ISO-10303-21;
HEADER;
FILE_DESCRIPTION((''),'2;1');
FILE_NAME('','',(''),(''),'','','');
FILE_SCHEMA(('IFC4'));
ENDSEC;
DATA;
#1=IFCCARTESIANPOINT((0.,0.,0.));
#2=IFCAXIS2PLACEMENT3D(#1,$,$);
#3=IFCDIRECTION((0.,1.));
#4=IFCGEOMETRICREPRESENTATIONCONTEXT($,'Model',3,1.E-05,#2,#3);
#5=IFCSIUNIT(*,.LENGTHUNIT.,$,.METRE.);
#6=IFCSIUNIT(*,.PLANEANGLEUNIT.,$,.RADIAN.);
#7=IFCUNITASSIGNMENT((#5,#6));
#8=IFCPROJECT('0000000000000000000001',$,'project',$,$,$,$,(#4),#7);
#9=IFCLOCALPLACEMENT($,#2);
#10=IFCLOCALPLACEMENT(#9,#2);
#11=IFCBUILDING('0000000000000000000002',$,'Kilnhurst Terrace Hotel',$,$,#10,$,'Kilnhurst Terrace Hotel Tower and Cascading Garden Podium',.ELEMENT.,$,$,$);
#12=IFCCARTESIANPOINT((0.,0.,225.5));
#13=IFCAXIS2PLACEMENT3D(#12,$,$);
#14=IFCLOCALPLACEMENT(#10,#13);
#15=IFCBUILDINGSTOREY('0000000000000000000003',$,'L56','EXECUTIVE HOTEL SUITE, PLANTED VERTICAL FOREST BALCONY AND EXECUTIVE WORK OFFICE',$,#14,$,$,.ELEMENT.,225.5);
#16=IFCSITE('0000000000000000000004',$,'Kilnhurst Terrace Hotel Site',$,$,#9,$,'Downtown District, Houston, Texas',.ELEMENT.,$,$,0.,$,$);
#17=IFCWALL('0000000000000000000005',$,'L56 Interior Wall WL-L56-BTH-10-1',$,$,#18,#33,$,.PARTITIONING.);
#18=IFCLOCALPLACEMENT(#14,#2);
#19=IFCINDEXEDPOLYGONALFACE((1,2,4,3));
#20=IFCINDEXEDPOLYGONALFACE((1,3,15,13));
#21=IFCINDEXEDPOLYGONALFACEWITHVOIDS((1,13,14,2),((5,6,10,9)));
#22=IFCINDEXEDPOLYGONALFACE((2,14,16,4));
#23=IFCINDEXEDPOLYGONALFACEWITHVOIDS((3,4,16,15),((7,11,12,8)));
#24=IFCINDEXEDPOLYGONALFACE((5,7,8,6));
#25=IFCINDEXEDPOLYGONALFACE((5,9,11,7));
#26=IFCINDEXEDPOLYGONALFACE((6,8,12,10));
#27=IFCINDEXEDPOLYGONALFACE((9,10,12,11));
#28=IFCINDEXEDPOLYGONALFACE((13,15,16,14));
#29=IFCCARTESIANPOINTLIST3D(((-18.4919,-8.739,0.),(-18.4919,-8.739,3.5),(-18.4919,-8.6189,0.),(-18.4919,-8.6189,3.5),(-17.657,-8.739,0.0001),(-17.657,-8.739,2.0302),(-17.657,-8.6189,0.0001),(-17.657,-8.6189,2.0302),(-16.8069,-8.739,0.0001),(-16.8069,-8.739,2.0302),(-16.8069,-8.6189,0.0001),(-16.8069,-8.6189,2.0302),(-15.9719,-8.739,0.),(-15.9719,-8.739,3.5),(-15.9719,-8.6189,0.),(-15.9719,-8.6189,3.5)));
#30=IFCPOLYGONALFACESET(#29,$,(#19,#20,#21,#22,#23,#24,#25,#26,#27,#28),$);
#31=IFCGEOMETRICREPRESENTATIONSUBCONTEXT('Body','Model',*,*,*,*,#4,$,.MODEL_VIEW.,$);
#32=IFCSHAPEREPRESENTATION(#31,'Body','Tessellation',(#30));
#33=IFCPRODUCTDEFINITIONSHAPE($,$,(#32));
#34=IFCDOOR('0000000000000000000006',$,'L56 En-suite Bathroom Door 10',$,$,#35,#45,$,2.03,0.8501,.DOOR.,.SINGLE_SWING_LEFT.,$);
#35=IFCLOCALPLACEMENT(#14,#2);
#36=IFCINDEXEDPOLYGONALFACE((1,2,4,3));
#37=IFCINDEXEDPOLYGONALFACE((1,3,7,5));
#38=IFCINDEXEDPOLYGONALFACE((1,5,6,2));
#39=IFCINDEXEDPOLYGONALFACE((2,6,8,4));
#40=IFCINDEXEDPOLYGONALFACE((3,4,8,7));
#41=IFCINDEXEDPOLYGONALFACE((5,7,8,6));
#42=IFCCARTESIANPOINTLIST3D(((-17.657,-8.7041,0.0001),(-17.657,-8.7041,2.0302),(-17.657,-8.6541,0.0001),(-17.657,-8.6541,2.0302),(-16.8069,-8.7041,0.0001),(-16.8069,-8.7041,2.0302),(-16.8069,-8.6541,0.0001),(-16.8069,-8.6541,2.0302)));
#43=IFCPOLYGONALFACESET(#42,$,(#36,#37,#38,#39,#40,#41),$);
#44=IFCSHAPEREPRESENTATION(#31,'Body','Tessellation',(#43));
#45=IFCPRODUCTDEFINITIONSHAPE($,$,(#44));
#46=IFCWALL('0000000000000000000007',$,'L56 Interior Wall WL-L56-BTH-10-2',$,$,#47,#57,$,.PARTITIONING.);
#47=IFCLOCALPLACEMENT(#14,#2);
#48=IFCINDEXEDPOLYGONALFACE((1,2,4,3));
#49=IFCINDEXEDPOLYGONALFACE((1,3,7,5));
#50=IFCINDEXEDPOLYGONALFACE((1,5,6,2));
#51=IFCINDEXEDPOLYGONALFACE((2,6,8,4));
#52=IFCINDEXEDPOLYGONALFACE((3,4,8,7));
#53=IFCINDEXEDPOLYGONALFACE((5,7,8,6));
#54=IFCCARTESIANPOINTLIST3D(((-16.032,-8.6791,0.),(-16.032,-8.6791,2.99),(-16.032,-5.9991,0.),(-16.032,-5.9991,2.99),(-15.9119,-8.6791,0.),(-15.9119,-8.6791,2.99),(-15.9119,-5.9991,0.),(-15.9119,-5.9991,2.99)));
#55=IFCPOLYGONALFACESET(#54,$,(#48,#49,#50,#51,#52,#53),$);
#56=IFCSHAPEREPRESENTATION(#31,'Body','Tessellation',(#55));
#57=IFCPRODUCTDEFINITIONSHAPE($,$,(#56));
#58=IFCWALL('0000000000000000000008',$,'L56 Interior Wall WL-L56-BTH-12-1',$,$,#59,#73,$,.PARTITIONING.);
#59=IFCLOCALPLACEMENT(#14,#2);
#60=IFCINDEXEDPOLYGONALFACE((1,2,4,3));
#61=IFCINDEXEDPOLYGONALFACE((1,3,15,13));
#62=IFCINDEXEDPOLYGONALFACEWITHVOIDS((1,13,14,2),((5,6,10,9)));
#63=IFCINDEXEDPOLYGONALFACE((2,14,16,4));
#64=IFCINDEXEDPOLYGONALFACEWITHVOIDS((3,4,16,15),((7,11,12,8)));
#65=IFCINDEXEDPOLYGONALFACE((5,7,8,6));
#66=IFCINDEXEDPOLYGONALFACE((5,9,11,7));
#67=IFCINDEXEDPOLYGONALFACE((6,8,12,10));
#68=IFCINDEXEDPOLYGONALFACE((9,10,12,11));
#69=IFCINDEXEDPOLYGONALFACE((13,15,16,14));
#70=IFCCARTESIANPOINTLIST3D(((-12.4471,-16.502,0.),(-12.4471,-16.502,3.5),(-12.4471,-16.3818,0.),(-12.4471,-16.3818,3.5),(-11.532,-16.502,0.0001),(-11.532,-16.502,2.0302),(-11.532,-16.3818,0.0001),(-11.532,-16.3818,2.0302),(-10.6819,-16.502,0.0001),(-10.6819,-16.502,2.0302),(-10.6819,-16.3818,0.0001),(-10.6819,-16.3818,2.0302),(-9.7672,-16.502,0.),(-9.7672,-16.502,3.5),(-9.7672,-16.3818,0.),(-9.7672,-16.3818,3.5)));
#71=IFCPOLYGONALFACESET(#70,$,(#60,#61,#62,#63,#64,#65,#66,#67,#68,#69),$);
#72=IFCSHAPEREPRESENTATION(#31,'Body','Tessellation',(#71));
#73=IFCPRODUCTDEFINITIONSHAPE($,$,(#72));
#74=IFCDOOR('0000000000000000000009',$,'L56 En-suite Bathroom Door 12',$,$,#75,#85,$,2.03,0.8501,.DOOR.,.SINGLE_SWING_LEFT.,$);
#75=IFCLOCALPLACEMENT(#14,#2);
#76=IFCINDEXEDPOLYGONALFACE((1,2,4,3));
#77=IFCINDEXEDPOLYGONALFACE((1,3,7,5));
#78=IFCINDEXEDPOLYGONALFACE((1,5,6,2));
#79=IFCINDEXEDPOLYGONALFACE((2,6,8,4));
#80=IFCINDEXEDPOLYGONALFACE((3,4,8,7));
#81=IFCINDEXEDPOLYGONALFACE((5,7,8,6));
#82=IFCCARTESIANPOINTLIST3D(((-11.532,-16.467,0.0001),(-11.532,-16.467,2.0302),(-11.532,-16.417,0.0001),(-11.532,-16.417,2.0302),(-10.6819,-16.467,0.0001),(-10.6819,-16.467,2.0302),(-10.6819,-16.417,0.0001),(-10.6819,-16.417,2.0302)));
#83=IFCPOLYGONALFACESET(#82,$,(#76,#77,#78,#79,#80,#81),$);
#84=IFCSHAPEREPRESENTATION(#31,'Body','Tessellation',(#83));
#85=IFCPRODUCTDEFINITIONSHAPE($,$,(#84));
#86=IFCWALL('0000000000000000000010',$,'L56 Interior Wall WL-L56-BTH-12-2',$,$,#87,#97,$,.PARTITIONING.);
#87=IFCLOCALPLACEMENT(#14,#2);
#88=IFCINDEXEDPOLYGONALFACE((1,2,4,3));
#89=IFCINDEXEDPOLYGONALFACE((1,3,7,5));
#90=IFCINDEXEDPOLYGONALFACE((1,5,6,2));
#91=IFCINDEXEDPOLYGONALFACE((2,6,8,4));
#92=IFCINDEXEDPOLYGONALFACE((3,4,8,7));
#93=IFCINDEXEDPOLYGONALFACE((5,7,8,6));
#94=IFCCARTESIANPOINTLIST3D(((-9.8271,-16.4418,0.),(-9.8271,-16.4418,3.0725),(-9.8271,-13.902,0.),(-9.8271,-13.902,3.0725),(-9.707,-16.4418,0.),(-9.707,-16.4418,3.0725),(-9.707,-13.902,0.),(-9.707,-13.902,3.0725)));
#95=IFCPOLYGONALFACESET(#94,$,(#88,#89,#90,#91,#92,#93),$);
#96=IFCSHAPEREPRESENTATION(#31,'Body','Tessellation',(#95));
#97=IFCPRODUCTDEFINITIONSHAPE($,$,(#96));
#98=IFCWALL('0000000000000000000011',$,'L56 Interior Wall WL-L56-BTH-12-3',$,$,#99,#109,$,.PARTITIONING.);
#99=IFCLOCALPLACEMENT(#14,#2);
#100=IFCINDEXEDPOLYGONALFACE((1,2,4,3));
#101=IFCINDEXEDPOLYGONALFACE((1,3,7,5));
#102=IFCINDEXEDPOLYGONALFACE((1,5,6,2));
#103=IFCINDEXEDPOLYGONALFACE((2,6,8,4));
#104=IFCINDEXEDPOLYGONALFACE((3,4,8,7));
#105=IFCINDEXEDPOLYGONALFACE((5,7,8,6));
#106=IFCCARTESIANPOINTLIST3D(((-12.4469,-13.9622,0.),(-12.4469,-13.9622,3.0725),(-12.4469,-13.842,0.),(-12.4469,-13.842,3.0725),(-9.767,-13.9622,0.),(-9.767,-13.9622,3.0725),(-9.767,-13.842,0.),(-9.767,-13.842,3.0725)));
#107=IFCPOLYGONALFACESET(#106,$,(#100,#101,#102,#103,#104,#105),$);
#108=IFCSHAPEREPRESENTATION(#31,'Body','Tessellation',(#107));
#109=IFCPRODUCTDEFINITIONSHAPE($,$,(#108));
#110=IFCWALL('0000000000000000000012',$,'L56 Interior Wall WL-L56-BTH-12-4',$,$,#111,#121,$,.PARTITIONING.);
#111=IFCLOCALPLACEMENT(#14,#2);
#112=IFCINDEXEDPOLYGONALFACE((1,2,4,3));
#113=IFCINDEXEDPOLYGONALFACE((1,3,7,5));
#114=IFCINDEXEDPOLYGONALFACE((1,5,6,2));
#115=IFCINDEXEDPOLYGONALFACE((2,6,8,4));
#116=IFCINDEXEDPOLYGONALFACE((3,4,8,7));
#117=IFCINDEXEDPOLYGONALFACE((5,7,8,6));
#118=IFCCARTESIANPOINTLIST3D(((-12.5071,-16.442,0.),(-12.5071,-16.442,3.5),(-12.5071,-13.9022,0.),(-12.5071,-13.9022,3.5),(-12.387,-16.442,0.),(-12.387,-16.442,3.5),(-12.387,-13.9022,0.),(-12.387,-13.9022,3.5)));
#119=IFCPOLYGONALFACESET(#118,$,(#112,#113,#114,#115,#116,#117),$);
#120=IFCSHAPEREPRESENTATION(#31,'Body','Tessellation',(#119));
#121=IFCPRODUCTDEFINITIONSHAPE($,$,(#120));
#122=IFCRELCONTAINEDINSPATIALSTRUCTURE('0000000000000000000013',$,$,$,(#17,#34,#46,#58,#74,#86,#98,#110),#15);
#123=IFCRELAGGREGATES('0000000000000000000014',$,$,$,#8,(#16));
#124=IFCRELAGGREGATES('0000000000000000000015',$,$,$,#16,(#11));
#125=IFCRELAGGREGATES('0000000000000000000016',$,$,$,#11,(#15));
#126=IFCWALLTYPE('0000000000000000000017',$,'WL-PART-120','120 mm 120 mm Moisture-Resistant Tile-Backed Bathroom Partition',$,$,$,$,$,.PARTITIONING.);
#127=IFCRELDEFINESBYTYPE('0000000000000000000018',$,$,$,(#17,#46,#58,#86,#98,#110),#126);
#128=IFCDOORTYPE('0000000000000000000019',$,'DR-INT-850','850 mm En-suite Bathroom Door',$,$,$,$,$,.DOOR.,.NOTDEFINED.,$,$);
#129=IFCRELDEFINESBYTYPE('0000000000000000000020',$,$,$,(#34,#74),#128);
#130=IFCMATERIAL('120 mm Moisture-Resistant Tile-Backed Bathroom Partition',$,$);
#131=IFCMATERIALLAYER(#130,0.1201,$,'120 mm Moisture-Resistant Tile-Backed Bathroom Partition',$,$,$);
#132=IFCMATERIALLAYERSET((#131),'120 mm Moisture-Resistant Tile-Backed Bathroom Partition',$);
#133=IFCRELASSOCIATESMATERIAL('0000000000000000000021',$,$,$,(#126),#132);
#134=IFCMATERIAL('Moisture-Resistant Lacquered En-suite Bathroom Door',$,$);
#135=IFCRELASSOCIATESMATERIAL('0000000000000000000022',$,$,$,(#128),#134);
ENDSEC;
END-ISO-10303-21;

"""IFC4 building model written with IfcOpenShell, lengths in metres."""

from ifc_helpers import new_model, si_unit, direction, frame, frame_2d, origin, place, context, subcontext, project, spatial, rectangle, extrude, material, layer, layer_set, type_object, element, fill, save


model = new_model("IFC4")

# Units and contexts
model_context = context("Model", 3, precision=1e-05, world=origin(), true_north=direction((0.0, 1.0)))
body_context = subcontext(model_context, "Body", "Model", "MODEL_VIEW")
ifc_project = project(units=[si_unit("LENGTHUNIT", "METRE"), si_unit("PLANEANGLEUNIT", "RADIAN")], contexts=[model_context])

# Site, building, storey
site_placement = place(None, origin())
site = spatial("IfcSite", under=ifc_project, at=site_placement, Name="Kilnhurst Terrace Hotel Site", LongName="Downtown District, Houston, Texas", CompositionType="ELEMENT", RefElevation=0.0)
building_placement = place(site_placement, origin())
building = spatial("IfcBuilding", under=site, at=building_placement, Name="Kilnhurst Terrace Hotel", LongName="Kilnhurst Terrace Hotel Tower and Cascading Garden Podium", CompositionType="ELEMENT")
storey_placement = place(building_placement, frame((0.0, 0.0, 225.5)))
storey = spatial("IfcBuildingStorey", under=building, at=storey_placement, Name="L56", Description="EXECUTIVE HOTEL SUITE, PLANTED VERTICAL FOREST BALCONY AND EXECUTIVE WORK OFFICE", CompositionType="ELEMENT", Elevation=225.5)

# Wall, opening, door
ifc_material_1 = material(Name="120 mm Moisture-Resistant Tile-Backed Bathroom Partition")
ifc_layer_1 = layer(ifc_material_1, 0.1201, Name="120 mm Moisture-Resistant Tile-Backed Bathroom Partition")
ifc_layer_set_1 = layer_set([ifc_layer_1], Name="120 mm Moisture-Resistant Tile-Backed Bathroom Partition")
wall_type_1 = type_object("IfcWallType", Name="WL-PART-120", Description="120 mm 120 mm Moisture-Resistant Tile-Backed Bathroom Partition", PredefinedType="PARTITIONING", material=ifc_layer_set_1)
wall_1_placement = place(storey_placement, frame((-18.4919, -8.679, 0.0), z_axis=(0.0, 0.0, 1.0), x_axis=(1.0, 0.0, 0.0)))
wall_1 = element("IfcWall", 1, at=wall_1_placement, inside=storey, type_object=wall_type_1, Name="L56 Interior Wall WL-L56-BTH-10-1", PredefinedType="PARTITIONING", context=body_context, shape_type="SweptSolid", body=[
    extrude(rectangle(XDim=2.52, YDim=0.1201, at=frame_2d((1.26, 0.0))), origin(), (0.0, 0.0, 1.0), 3.5),
])
opening_1_placement = place(wall_1_placement, frame((0.835, 0.0, 0.0)))
opening_1 = element("IfcOpeningElement", 2, at=opening_1_placement, cuts=wall_1, PredefinedType="OPENING", context=body_context, shape_type="SweptSolid", body=[
    extrude(rectangle(XDim=0.8501, YDim=2.03, at=frame_2d((0.425, 1.0151))), frame((0.0, 0.0701, 0.0), z_axis=(0.0, -1.0, 0.0), x_axis=(1.0, 0.0, 0.0)), (0.0, 0.0, 1.0), 0.1401),
])
ifc_material_2 = material(Name="Moisture-Resistant Lacquered En-suite Bathroom Door")
door_type_1 = type_object("IfcDoorType", Name="DR-INT-850", Description="850 mm En-suite Bathroom Door", OperationType="NOTDEFINED", PredefinedType="DOOR", material=ifc_material_2)
door_1_placement = place(opening_1_placement, origin())
door_1 = element("IfcDoor", 3, at=door_1_placement, inside=storey, type_object=door_type_1, Name="L56 En-suite Bathroom Door 10", OperationType="SINGLE_SWING_LEFT", OverallHeight=2.03, OverallWidth=0.8501, PredefinedType="DOOR", context=body_context, shape_type="SweptSolid", body=[
    extrude(rectangle(XDim=0.8501, YDim=2.03, at=frame_2d((0.425, 1.0151))), frame((0.0, 0.0249, 0.0), z_axis=(0.0, -1.0, 0.0), x_axis=(1.0, 0.0, 0.0)), (0.0, 0.0, 1.0), 0.05),
])
fill(opening_1, door_1)

# Wall
wall_2_placement = place(storey_placement, frame((-15.9719, -8.679, 0.0), z_axis=(0.0, 0.0, 1.0), x_axis=(0.0, 1.0, 0.0)))
element("IfcWall", 4, at=wall_2_placement, inside=storey, type_object=wall_type_1, Name="L56 Interior Wall WL-L56-BTH-10-2", PredefinedType="PARTITIONING", context=body_context, shape_type="SweptSolid", body=[
    extrude(rectangle(XDim=2.6799, YDim=0.1201, at=frame_2d((1.3398, 0.0))), origin(), (0.0, 0.0, 1.0), 2.99),
])

# Wall, opening, door
wall_3_placement = place(storey_placement, frame((-12.447, -16.4419, 0.0), z_axis=(0.0, 0.0, 1.0), x_axis=(1.0, 0.0, 0.0)))
wall_3 = element("IfcWall", 5, at=wall_3_placement, inside=storey, type_object=wall_type_1, Name="L56 Interior Wall WL-L56-BTH-12-1", PredefinedType="PARTITIONING", context=body_context, shape_type="SweptSolid", body=[
    extrude(rectangle(XDim=2.6799, YDim=0.1201, at=frame_2d((1.3398, 0.0))), origin(), (0.0, 0.0, 1.0), 3.5),
])
opening_2_placement = place(wall_3_placement, frame((0.915, 0.0, 0.0)))
opening_2 = element("IfcOpeningElement", 6, at=opening_2_placement, cuts=wall_3, PredefinedType="OPENING", context=body_context, shape_type="SweptSolid", body=[
    extrude(rectangle(XDim=0.8501, YDim=2.03, at=frame_2d((0.425, 1.0151))), frame((0.0, 0.0701, 0.0), z_axis=(0.0, -1.0, 0.0), x_axis=(1.0, 0.0, 0.0)), (0.0, 0.0, 1.0), 0.1401),
])
door_2_placement = place(opening_2_placement, origin())
door_2 = element("IfcDoor", 7, at=door_2_placement, inside=storey, type_object=door_type_1, Name="L56 En-suite Bathroom Door 12", OperationType="SINGLE_SWING_LEFT", OverallHeight=2.03, OverallWidth=0.8501, PredefinedType="DOOR", context=body_context, shape_type="SweptSolid", body=[
    extrude(rectangle(XDim=0.8501, YDim=2.03, at=frame_2d((0.425, 1.0151))), frame((0.0, 0.0249, 0.0), z_axis=(0.0, -1.0, 0.0), x_axis=(1.0, 0.0, 0.0)), (0.0, 0.0, 1.0), 0.05),
])
fill(opening_2, door_2)

# Walls
wall_4_placement = place(storey_placement, frame((-9.7671, -16.4419, 0.0), z_axis=(0.0, 0.0, 1.0), x_axis=(0.0, 1.0, 0.0)))
element("IfcWall", 8, at=wall_4_placement, inside=storey, type_object=wall_type_1, Name="L56 Interior Wall WL-L56-BTH-12-2", PredefinedType="PARTITIONING", context=body_context, shape_type="SweptSolid", body=[
    extrude(rectangle(XDim=2.5398, YDim=0.1201, at=frame_2d((1.27, 0.0))), origin(), (0.0, 0.0, 1.0), 3.0725),
])
wall_5_placement = place(storey_placement, frame((-9.7671, -13.9021, 0.0), z_axis=(0.0, 0.0, 1.0), x_axis=(-1.0, 0.0, 0.0)))
element("IfcWall", 9, at=wall_5_placement, inside=storey, type_object=wall_type_1, Name="L56 Interior Wall WL-L56-BTH-12-3", PredefinedType="PARTITIONING", context=body_context, shape_type="SweptSolid", body=[
    extrude(rectangle(XDim=2.6799, YDim=0.1201, at=frame_2d((1.3398, 0.0))), origin(), (0.0, 0.0, 1.0), 3.0725),
])
wall_6_placement = place(storey_placement, frame((-12.447, -13.9021, 0.0), z_axis=(0.0, 0.0, 1.0), x_axis=(0.0, -1.0, 0.0)))
element("IfcWall", 10, at=wall_6_placement, inside=storey, type_object=wall_type_1, Name="L56 Interior Wall WL-L56-BTH-12-4", PredefinedType="PARTITIONING", context=body_context, shape_type="SweptSolid", body=[
    extrude(rectangle(XDim=2.5398, YDim=0.1201, at=frame_2d((1.27, 0.0))), origin(), (0.0, 0.0, 1.0), 3.5),
])

save(model, "model.ifc")
